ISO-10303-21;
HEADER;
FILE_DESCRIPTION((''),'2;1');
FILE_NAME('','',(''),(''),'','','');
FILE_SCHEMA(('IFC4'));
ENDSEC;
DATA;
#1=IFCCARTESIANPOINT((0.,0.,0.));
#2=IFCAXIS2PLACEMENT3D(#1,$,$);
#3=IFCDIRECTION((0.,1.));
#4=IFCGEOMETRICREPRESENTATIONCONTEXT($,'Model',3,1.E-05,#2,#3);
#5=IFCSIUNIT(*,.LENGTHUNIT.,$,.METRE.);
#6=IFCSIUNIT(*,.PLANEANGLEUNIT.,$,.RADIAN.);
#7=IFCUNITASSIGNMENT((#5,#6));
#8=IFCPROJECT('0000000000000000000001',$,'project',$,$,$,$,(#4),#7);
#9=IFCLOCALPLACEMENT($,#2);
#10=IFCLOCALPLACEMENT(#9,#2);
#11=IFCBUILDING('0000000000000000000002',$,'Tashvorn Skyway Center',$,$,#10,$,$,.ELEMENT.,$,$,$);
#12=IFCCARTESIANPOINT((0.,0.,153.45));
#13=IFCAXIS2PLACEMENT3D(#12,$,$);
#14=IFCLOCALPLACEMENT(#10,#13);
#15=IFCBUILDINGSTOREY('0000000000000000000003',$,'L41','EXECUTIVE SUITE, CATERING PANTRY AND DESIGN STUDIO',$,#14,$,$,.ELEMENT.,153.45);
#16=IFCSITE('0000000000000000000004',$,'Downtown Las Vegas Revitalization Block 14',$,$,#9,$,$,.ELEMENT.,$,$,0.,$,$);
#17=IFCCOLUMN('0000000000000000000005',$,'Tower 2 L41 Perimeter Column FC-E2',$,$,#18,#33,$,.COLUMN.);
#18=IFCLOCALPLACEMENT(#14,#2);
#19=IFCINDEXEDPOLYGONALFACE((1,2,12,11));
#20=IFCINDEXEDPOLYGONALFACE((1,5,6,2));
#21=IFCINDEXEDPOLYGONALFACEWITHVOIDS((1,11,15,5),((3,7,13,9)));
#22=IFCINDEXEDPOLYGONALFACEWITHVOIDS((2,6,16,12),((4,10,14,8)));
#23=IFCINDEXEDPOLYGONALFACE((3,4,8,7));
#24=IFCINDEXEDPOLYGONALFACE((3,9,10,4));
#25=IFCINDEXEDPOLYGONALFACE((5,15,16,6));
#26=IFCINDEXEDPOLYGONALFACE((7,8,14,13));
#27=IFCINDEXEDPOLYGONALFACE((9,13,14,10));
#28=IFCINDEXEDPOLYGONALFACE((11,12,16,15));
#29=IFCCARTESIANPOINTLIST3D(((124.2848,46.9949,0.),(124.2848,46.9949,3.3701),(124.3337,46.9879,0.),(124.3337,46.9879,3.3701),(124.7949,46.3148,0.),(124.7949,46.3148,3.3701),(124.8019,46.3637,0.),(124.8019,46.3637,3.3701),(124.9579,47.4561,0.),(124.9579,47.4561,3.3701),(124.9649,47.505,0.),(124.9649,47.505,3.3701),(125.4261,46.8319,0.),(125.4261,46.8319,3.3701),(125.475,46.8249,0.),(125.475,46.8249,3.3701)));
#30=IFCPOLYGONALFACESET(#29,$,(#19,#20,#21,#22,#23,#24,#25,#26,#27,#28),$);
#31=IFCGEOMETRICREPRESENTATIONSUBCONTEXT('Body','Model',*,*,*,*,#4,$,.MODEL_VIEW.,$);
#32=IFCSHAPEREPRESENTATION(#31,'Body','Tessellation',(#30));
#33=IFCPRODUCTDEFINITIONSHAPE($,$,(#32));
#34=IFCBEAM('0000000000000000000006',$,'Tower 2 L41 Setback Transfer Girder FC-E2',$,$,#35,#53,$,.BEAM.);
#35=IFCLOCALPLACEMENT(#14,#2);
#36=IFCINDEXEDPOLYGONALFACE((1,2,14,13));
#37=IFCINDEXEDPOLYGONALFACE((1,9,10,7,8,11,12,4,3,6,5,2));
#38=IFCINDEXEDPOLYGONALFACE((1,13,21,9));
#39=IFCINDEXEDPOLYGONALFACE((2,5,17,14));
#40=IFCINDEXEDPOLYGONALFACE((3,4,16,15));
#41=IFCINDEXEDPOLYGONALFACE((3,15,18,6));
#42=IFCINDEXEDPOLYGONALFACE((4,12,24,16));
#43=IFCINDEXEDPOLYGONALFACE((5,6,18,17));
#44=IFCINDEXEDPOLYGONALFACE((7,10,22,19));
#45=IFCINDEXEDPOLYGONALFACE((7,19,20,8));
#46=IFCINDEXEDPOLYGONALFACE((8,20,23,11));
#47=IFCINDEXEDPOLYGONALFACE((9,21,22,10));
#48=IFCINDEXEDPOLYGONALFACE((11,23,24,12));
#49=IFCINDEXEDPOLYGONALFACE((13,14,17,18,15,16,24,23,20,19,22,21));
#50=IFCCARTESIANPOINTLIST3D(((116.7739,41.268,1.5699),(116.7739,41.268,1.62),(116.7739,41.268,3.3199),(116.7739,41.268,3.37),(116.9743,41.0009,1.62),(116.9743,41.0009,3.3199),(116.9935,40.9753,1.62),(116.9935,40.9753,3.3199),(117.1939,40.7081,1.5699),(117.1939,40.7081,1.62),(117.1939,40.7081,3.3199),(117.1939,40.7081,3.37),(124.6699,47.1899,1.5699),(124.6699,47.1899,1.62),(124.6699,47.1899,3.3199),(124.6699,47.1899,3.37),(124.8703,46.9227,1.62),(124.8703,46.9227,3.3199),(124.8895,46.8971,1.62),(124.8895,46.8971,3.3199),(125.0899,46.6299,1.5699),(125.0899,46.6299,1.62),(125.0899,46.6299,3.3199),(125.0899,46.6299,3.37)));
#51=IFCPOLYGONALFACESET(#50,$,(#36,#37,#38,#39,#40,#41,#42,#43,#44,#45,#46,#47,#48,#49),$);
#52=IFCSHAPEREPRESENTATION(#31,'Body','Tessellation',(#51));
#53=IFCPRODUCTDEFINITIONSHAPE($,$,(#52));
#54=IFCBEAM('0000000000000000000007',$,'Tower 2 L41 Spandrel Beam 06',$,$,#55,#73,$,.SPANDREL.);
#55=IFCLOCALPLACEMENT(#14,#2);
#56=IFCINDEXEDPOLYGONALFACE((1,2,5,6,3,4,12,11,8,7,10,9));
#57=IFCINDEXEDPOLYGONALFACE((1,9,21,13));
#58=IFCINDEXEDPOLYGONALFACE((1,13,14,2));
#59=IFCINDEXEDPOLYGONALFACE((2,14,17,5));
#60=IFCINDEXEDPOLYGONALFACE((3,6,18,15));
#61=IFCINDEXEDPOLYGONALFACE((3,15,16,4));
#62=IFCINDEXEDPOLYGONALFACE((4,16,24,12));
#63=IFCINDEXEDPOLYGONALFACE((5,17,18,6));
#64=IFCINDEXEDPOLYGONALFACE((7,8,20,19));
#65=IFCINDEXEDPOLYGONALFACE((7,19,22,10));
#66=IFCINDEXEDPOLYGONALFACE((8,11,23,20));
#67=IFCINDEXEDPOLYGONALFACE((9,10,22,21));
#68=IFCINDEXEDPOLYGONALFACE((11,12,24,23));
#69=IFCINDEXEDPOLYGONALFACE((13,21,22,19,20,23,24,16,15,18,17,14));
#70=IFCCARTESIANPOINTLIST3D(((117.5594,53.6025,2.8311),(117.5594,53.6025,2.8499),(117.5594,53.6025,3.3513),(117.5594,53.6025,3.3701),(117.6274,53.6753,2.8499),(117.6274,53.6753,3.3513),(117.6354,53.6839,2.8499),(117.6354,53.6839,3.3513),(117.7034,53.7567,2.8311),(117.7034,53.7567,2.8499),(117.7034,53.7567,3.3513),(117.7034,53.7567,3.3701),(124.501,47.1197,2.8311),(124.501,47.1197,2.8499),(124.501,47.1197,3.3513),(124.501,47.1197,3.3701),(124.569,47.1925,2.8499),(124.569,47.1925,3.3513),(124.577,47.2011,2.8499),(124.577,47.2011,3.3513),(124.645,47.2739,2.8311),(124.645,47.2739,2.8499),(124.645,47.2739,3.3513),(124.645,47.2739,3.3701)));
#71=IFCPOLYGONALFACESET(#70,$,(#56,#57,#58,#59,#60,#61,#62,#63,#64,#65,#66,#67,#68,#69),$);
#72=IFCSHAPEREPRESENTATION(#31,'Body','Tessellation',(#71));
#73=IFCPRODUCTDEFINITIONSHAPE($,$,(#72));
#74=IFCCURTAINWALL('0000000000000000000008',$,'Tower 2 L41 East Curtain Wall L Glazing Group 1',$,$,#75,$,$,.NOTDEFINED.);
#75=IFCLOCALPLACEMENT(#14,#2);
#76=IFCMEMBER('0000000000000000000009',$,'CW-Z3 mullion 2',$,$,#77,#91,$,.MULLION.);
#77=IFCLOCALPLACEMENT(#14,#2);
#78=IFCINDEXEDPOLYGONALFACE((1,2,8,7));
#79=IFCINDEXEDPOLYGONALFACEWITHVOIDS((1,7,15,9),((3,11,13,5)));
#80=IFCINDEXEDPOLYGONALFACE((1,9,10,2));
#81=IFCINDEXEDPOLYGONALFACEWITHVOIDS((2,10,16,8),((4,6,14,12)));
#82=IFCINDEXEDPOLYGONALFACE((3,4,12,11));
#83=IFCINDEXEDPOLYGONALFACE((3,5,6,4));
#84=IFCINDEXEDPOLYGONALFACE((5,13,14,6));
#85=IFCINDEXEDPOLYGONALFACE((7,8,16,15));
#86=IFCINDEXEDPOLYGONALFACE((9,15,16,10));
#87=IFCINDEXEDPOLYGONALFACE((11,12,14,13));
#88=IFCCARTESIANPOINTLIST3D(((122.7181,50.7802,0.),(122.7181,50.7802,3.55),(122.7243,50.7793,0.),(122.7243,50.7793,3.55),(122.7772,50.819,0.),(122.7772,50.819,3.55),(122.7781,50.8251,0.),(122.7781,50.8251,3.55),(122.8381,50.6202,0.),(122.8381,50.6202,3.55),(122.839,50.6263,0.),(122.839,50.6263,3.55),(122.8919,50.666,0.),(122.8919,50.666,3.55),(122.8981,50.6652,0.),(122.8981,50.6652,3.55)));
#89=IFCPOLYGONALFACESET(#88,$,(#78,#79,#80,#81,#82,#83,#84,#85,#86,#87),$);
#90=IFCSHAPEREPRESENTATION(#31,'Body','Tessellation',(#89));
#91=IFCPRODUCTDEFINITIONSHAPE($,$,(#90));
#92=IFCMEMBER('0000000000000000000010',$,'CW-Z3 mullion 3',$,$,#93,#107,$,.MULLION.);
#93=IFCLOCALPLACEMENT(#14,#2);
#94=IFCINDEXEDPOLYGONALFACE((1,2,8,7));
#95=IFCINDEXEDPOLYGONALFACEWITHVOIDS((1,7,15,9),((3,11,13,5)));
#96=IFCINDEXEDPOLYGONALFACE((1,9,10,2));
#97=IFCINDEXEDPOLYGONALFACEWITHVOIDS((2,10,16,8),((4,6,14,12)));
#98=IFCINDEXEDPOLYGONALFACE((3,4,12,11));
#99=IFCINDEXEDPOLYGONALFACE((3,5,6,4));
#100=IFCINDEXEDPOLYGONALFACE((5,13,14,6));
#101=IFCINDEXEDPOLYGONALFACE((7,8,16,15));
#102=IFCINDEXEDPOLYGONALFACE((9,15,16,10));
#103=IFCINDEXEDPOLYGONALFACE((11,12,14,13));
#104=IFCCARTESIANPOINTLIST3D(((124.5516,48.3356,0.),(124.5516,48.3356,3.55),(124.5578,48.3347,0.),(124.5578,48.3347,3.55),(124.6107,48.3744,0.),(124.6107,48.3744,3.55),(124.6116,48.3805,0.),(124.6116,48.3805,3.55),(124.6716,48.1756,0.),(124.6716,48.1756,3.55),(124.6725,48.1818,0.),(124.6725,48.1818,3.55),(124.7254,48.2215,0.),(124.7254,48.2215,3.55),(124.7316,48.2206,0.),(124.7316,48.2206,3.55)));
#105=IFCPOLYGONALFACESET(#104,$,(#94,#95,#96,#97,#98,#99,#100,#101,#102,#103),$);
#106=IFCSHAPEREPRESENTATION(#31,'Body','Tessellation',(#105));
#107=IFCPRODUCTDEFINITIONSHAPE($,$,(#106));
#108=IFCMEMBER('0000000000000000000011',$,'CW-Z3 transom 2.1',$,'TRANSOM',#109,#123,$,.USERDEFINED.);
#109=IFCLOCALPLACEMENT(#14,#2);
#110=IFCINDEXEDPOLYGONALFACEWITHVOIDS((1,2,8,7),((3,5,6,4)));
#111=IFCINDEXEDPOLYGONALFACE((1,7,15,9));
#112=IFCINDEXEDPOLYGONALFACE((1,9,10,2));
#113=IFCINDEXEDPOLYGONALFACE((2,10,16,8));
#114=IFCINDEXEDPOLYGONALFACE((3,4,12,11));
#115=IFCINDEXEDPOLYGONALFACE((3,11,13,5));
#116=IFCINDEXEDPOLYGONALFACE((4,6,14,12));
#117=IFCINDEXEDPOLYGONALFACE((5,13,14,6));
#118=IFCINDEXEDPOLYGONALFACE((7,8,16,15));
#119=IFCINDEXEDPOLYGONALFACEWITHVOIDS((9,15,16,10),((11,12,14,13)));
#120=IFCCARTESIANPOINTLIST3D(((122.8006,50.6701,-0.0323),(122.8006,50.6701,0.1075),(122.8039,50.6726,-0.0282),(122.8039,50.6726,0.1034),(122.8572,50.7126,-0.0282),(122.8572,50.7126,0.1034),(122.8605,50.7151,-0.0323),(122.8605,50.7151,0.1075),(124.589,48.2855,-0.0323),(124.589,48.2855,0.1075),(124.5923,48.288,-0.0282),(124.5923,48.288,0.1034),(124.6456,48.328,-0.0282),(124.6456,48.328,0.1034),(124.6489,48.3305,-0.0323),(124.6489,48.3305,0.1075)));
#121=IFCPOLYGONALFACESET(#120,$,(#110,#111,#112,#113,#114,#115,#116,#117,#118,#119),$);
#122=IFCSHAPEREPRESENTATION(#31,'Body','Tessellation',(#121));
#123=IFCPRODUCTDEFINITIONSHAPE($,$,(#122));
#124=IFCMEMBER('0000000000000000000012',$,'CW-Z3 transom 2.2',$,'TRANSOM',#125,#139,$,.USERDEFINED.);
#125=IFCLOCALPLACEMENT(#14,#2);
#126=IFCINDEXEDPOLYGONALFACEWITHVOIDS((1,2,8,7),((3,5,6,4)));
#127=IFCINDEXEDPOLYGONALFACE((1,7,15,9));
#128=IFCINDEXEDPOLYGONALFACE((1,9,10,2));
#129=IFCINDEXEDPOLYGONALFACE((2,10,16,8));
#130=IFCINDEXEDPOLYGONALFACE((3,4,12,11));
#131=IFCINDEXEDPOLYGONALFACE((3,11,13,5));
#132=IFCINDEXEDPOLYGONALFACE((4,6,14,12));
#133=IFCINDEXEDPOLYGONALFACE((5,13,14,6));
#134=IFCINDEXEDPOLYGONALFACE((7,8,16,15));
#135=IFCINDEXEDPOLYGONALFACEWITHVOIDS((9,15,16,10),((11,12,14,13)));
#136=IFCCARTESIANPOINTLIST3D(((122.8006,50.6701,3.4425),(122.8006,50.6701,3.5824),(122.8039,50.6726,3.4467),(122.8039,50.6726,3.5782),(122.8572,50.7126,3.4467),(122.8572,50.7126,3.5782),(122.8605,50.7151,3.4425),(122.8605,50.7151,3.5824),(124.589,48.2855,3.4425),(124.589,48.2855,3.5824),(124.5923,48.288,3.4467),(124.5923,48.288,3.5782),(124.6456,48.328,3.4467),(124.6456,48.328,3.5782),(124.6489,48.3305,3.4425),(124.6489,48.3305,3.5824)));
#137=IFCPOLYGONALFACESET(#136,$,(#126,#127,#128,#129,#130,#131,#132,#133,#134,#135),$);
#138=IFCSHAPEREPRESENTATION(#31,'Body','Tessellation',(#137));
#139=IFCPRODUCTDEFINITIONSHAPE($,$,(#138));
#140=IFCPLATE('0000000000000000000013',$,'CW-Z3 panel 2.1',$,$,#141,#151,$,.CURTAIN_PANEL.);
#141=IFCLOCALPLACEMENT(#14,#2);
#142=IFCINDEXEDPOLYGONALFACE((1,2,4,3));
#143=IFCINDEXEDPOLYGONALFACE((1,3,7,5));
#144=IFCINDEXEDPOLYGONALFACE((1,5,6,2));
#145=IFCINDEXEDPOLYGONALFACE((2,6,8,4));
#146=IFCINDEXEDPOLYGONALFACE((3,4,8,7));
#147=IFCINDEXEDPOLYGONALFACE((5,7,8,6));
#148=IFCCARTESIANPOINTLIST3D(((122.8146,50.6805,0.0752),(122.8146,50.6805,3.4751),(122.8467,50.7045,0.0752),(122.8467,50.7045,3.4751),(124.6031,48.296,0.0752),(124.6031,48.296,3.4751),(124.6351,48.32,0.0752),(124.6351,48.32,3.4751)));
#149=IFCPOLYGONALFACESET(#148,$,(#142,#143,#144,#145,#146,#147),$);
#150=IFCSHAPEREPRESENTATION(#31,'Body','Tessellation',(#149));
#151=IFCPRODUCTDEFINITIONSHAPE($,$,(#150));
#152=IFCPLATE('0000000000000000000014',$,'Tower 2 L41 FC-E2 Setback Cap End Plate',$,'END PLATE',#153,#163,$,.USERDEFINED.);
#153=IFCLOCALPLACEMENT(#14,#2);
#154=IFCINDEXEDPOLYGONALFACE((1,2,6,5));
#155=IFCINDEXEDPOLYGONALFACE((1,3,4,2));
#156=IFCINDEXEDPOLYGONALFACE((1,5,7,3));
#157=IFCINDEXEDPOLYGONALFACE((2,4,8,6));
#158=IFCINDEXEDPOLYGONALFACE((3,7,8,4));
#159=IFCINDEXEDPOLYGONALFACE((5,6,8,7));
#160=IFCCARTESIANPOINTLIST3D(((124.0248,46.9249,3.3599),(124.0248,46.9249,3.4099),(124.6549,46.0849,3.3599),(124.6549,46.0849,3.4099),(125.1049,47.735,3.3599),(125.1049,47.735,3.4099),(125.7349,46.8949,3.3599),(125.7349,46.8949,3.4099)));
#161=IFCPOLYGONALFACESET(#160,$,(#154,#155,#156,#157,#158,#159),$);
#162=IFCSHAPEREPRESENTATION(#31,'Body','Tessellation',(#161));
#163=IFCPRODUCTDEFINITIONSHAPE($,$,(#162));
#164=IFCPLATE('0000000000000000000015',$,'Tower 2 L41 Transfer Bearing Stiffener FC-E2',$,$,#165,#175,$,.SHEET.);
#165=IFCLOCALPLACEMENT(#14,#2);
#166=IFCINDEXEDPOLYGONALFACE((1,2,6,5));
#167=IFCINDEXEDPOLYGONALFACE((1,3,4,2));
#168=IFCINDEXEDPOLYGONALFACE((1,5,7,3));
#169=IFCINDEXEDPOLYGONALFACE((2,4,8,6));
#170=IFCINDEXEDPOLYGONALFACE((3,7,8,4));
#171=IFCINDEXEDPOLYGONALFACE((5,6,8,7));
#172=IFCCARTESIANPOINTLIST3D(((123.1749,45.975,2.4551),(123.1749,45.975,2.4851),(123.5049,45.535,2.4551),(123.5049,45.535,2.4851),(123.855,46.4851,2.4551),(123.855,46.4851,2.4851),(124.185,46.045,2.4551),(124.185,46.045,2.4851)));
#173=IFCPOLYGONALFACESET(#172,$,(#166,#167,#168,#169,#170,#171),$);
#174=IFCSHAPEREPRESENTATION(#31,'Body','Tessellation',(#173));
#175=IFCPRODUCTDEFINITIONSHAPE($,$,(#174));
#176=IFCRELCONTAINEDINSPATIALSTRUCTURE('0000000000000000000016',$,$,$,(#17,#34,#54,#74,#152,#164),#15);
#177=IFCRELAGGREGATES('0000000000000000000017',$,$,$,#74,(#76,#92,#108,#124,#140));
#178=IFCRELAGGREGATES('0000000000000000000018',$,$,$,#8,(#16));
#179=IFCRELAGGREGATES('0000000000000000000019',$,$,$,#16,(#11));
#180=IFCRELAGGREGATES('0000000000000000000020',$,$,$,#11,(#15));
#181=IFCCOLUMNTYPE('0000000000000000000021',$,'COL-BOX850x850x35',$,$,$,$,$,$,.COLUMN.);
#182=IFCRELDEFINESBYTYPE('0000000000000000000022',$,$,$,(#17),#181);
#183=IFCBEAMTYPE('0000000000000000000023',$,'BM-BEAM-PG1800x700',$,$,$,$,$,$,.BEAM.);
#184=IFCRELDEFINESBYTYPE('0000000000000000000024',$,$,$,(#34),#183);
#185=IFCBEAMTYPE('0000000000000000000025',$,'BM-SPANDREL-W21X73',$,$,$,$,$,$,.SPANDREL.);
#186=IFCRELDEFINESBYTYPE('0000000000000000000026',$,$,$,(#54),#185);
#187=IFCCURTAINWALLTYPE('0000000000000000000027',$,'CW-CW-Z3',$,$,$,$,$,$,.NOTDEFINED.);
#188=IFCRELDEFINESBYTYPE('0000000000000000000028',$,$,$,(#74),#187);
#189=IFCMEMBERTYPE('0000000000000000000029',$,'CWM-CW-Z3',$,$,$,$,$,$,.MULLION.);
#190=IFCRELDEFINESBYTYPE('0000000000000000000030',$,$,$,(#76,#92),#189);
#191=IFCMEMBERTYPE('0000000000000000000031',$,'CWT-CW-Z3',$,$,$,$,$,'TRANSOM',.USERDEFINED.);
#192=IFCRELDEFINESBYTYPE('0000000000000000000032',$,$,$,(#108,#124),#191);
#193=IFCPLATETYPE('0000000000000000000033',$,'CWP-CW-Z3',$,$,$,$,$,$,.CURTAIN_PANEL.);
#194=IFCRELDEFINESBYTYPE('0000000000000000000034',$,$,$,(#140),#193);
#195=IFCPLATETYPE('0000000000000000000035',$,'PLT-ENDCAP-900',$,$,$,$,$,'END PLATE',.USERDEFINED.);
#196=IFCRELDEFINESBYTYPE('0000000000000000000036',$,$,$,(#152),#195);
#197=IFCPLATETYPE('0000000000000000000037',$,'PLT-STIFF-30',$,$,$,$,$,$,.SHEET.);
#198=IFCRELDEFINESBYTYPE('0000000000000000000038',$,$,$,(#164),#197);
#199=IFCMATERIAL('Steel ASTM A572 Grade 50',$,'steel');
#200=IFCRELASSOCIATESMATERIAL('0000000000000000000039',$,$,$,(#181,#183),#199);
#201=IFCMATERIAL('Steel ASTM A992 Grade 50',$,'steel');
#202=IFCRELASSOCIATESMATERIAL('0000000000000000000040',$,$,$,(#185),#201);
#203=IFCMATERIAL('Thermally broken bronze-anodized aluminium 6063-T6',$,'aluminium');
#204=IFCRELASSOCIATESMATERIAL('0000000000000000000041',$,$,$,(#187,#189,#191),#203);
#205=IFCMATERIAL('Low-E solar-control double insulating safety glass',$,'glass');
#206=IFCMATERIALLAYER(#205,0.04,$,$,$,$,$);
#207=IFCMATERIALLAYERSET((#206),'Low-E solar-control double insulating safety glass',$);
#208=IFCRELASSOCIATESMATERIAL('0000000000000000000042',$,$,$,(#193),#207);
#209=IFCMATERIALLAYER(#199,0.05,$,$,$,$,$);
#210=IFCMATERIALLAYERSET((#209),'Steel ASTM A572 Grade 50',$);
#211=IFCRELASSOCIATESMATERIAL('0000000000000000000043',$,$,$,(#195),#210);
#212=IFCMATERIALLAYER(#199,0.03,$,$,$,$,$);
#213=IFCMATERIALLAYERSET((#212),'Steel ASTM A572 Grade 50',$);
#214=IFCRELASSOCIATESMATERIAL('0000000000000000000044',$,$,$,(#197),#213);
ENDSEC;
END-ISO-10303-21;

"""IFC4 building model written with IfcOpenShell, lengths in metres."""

from ifc_helpers import new_model, si_unit, direction, frame, origin, origin_2d, place, context, subcontext, project, spatial, rectangle, hollow_rectangle, i_section, extrude, material, layer, layer_set, material_profile, profile_set, type_object, element, aggregate, save


model = new_model("IFC4")

# Units and contexts
model_context = context("Model", 3, precision=1e-05, world=origin(), true_north=direction((0.0, 1.0)))
body_context = subcontext(model_context, "Body", "Model", "MODEL_VIEW")
ifc_project = project(units=[si_unit("LENGTHUNIT", "METRE"), si_unit("PLANEANGLEUNIT", "RADIAN")], contexts=[model_context])

# Site, building, storey
site_placement = place(None, origin())
site = spatial("IfcSite", under=ifc_project, at=site_placement, Name="Downtown Las Vegas Revitalization Block 14", CompositionType="ELEMENT", RefElevation=0.0)
building_placement = place(site_placement, origin())
building = spatial("IfcBuilding", under=site, at=building_placement, Name="Tashvorn Skyway Center", CompositionType="ELEMENT")
storey_placement = place(building_placement, frame((0.0, 0.0, 153.45)))
storey = spatial("IfcBuildingStorey", under=building, at=storey_placement, Name="L41", Description="EXECUTIVE SUITE, CATERING PANTRY AND DESIGN STUDIO", CompositionType="ELEMENT", Elevation=153.45)

# Column
ifc_material_1 = material(Name="Steel ASTM A572 Grade 50", Category="steel")
ifc_material_profile_1 = material_profile(ifc_material_1, hollow_rectangle(XDim=0.8501, YDim=0.8501, WallThickness=0.0349, at=origin_2d()), Name="BOX850x850x35")
ifc_profile_set_1 = profile_set([ifc_material_profile_1], Name="Steel ASTM A572 Grade 50")
column_type = type_object("IfcColumnType", Name="COL-BOX850x850x35", PredefinedType="COLUMN", material=ifc_profile_set_1)
column_placement = place(storey_placement, frame((124.8799, 46.9099, 0.0), z_axis=(0.0, 0.0, 1.0), x_axis=(0.8, 0.6, 0.0)))
element("IfcColumn", 1, at=column_placement, inside=storey, type_object=column_type, Name="Tower 2 L41 Perimeter Column FC-E2", PredefinedType="COLUMN", context=body_context, shape_type="SweptSolid", body=[
    extrude(hollow_rectangle(XDim=0.8501, YDim=0.8501, WallThickness=0.0349, at=origin_2d()), origin(), (0.0, 0.0, 1.0), 3.3701),
])

# Beams
ifc_material_profile_2 = material_profile(ifc_material_1, i_section(OverallWidth=0.7, OverallDepth=1.8, WebThickness=0.032, FlangeThickness=0.05, at=origin_2d()), Name="PG1800x700")
ifc_profile_set_2 = profile_set([ifc_material_profile_2], Name="Steel ASTM A572 Grade 50")
beam_type_1 = type_object("IfcBeamType", Name="BM-BEAM-PG1800x700", PredefinedType="BEAM", material=ifc_profile_set_2)
beam_1_placement = place(storey_placement, frame((124.8799, 46.9099, 2.47), z_axis=(-0.800006, -0.599992, 0.0), x_axis=(0.599992, -0.800006, 0.0)))
element("IfcBeam", 2, at=beam_1_placement, inside=storey, type_object=beam_type_1, Name="Tower 2 L41 Setback Transfer Girder FC-E2", PredefinedType="BEAM", context=body_context, shape_type="SweptSolid", body=[
    extrude(i_section(OverallWidth=0.7, OverallDepth=1.8, WebThickness=0.032, FlangeThickness=0.05, at=origin_2d()), origin(), (0.0, 0.0, 1.0), 9.8699),
])
ifc_material_2 = material(Name="Steel ASTM A992 Grade 50", Category="steel")
ifc_material_profile_3 = material_profile(ifc_material_2, i_section(OverallWidth=0.2109, OverallDepth=0.5391, WebThickness=0.0117, FlangeThickness=0.0188, at=origin_2d()), Name="W21X73")
ifc_profile_set_3 = profile_set([ifc_material_profile_3], Name="Steel ASTM A992 Grade 50")
beam_type_2 = type_object("IfcBeamType", Name="BM-SPANDREL-W21X73", PredefinedType="SPANDREL", material=ifc_profile_set_3)
beam_2_placement = place(storey_placement, frame((124.573, 47.1968, 3.1006), z_axis=(-0.730843, 0.682545, 0.0), x_axis=(-0.682545, -0.730843, 0.0)))
element("IfcBeam", 3, at=beam_2_placement, inside=storey, type_object=beam_type_2, Name="Tower 2 L41 Spandrel Beam 06", PredefinedType="SPANDREL", context=body_context, shape_type="SweptSolid", body=[
    extrude(i_section(OverallWidth=0.2109, OverallDepth=0.5391, WebThickness=0.0117, FlangeThickness=0.0188, at=origin_2d()), origin(), (0.0, 0.0, 1.0), 9.498),
])

# Curtain wall, members, plate
ifc_material_3 = material(Name="Thermally broken bronze-anodized aluminium 6063-T6", Category="aluminium")
curtain_wall_type = type_object("IfcCurtainWallType", Name="CW-CW-Z3", PredefinedType="NOTDEFINED", material=ifc_material_3)
curtain_wall_placement = place(storey_placement, origin())
curtain_wall = element("IfcCurtainWall", 4, at=curtain_wall_placement, inside=storey, type_object=curtain_wall_type, Name="Tower 2 L41 East Curtain Wall L Glazing Group 1", PredefinedType="NOTDEFINED")
ifc_material_profile_4 = material_profile(ifc_material_3, hollow_rectangle(XDim=0.075, YDim=0.2, WallThickness=0.0044, at=origin_2d()), Name="ALU-MULL-75x200")
ifc_profile_set_4 = profile_set([ifc_material_profile_4], Name="Thermally broken bronze-anodized aluminium 6063-T6")
member_type_1 = type_object("IfcMemberType", Name="CWM-CW-Z3", PredefinedType="MULLION", material=ifc_profile_set_4)
member_1_placement = place(storey_placement, frame((122.8081, 50.7227, 0.0), z_axis=(0.0, 0.0, 1.0), x_axis=(0.799998, 0.600003, 0.0)))
member_1 = element("IfcMember", 5, at=member_1_placement, type_object=member_type_1, Name="CW-Z3 mullion 2", PredefinedType="MULLION", context=body_context, shape_type="SweptSolid", body=[
    extrude(hollow_rectangle(XDim=0.075, YDim=0.2, WallThickness=0.0044, at=origin_2d()), origin(), (0.0, 0.0, 1.0), 3.55),
])
member_2_placement = place(storey_placement, frame((124.6416, 48.2781, 0.0), z_axis=(0.0, 0.0, 1.0), x_axis=(0.799998, 0.600003, 0.0)))
member_2 = element("IfcMember", 6, at=member_2_placement, type_object=member_type_1, Name="CW-Z3 mullion 3", PredefinedType="MULLION", context=body_context, shape_type="SweptSolid", body=[
    extrude(hollow_rectangle(XDim=0.075, YDim=0.2, WallThickness=0.0044, at=origin_2d()), origin(), (0.0, 0.0, 1.0), 3.55),
])
ifc_material_profile_5 = material_profile(ifc_material_3, hollow_rectangle(XDim=0.075, YDim=0.1399, WallThickness=0.0042, at=origin_2d()), Name="ALU-TRAN-75x140")
ifc_profile_set_5 = profile_set([ifc_material_profile_5], Name="Thermally broken bronze-anodized aluminium 6063-T6")
member_type_2 = type_object("IfcMemberType", Name="CWT-CW-Z3", ElementType="TRANSOM", PredefinedType="USERDEFINED", material=ifc_profile_set_5)
member_3_placement = place(storey_placement, frame((122.8306, 50.6926, 0.0376), z_axis=(0.599987, -0.80001, 0.0), x_axis=(0.80001, 0.599987, 0.0)))
member_3 = element("IfcMember", 7, at=member_3_placement, type_object=member_type_2, Name="CW-Z3 transom 2.1", ObjectType="TRANSOM", PredefinedType="USERDEFINED", context=body_context, shape_type="SweptSolid", body=[
    extrude(hollow_rectangle(XDim=0.075, YDim=0.1399, WallThickness=0.0042, at=origin_2d()), origin(), (0.0, 0.0, 1.0), 2.9807),
])
member_4_placement = place(storey_placement, frame((122.8306, 50.6926, 3.5125), z_axis=(0.599987, -0.80001, 0.0), x_axis=(0.80001, 0.599987, 0.0)))
member_4 = element("IfcMember", 8, at=member_4_placement, type_object=member_type_2, Name="CW-Z3 transom 2.2", ObjectType="TRANSOM", PredefinedType="USERDEFINED", context=body_context, shape_type="SweptSolid", body=[
    extrude(hollow_rectangle(XDim=0.075, YDim=0.1399, WallThickness=0.0042, at=origin_2d()), origin(), (0.0, 0.0, 1.0), 2.9807),
])
ifc_material_4 = material(Name="Low-E solar-control double insulating safety glass", Category="glass")
ifc_layer_1 = layer(ifc_material_4, 0.04)
ifc_layer_set_1 = layer_set([ifc_layer_1], Name="Low-E solar-control double insulating safety glass")
plate_type_1 = type_object("IfcPlateType", Name="CWP-CW-Z3", PredefinedType="CURTAIN_PANEL", material=ifc_layer_set_1)
plate_1_placement = place(storey_placement, frame((123.7249, 49.5002, 0.0752), z_axis=(0.0, 0.0, 1.0), x_axis=(0.600003, -0.799998, 0.0)))
plate_1 = element("IfcPlate", 9, at=plate_1_placement, type_object=plate_type_1, Name="CW-Z3 panel 2.1", PredefinedType="CURTAIN_PANEL", context=body_context, shape_type="SweptSolid", body=[
    extrude(rectangle(XDim=2.9807, YDim=0.04, at=origin_2d()), origin(), (0.0, 0.0, 1.0), 3.3999),
])
aggregate(curtain_wall, [member_1, member_2, member_3, member_4, plate_1])

# Plates
ifc_layer_2 = layer(ifc_material_1, 0.05)
ifc_layer_set_2 = layer_set([ifc_layer_2], Name="Steel ASTM A572 Grade 50")
plate_type_2 = type_object("IfcPlateType", Name="PLT-ENDCAP-900", ElementType="END PLATE", PredefinedType="USERDEFINED", material=ifc_layer_set_2)
plate_2_placement = place(storey_placement, frame((124.8799, 46.9099, 3.3599), z_axis=(0.0, 0.0, 1.0), x_axis=(0.8, 0.6, 0.0)))
element("IfcPlate", 10, at=plate_2_placement, inside=storey, type_object=plate_type_2, Name="Tower 2 L41 FC-E2 Setback Cap End Plate", ObjectType="END PLATE", PredefinedType="USERDEFINED", context=body_context, shape_type="SweptSolid", body=[
    extrude(rectangle(XDim=1.3501, YDim=1.05, at=origin_2d()), origin(), (0.0, 0.0, 1.0), 0.05),
])
ifc_layer_3 = layer(ifc_material_1, 0.03)
ifc_layer_set_3 = layer_set([ifc_layer_3], Name="Steel ASTM A572 Grade 50")
plate_type_3 = type_object("IfcPlateType", Name="PLT-STIFF-30", PredefinedType="SHEET", material=ifc_layer_set_3)
plate_3_placement = place(storey_placement, frame((123.6799, 46.01, 2.4551), z_axis=(0.0, 0.0, 1.0), x_axis=(0.8, 0.6, 0.0)))
element("IfcPlate", 11, at=plate_3_placement, inside=storey, type_object=plate_type_3, Name="Tower 2 L41 Transfer Bearing Stiffener FC-E2", PredefinedType="SHEET", context=body_context, shape_type="SweptSolid", body=[
    extrude(rectangle(XDim=0.8501, YDim=0.55, at=origin_2d()), origin(), (0.0, 0.0, 1.0), 0.03),
])

save(model, "model.ifc")
